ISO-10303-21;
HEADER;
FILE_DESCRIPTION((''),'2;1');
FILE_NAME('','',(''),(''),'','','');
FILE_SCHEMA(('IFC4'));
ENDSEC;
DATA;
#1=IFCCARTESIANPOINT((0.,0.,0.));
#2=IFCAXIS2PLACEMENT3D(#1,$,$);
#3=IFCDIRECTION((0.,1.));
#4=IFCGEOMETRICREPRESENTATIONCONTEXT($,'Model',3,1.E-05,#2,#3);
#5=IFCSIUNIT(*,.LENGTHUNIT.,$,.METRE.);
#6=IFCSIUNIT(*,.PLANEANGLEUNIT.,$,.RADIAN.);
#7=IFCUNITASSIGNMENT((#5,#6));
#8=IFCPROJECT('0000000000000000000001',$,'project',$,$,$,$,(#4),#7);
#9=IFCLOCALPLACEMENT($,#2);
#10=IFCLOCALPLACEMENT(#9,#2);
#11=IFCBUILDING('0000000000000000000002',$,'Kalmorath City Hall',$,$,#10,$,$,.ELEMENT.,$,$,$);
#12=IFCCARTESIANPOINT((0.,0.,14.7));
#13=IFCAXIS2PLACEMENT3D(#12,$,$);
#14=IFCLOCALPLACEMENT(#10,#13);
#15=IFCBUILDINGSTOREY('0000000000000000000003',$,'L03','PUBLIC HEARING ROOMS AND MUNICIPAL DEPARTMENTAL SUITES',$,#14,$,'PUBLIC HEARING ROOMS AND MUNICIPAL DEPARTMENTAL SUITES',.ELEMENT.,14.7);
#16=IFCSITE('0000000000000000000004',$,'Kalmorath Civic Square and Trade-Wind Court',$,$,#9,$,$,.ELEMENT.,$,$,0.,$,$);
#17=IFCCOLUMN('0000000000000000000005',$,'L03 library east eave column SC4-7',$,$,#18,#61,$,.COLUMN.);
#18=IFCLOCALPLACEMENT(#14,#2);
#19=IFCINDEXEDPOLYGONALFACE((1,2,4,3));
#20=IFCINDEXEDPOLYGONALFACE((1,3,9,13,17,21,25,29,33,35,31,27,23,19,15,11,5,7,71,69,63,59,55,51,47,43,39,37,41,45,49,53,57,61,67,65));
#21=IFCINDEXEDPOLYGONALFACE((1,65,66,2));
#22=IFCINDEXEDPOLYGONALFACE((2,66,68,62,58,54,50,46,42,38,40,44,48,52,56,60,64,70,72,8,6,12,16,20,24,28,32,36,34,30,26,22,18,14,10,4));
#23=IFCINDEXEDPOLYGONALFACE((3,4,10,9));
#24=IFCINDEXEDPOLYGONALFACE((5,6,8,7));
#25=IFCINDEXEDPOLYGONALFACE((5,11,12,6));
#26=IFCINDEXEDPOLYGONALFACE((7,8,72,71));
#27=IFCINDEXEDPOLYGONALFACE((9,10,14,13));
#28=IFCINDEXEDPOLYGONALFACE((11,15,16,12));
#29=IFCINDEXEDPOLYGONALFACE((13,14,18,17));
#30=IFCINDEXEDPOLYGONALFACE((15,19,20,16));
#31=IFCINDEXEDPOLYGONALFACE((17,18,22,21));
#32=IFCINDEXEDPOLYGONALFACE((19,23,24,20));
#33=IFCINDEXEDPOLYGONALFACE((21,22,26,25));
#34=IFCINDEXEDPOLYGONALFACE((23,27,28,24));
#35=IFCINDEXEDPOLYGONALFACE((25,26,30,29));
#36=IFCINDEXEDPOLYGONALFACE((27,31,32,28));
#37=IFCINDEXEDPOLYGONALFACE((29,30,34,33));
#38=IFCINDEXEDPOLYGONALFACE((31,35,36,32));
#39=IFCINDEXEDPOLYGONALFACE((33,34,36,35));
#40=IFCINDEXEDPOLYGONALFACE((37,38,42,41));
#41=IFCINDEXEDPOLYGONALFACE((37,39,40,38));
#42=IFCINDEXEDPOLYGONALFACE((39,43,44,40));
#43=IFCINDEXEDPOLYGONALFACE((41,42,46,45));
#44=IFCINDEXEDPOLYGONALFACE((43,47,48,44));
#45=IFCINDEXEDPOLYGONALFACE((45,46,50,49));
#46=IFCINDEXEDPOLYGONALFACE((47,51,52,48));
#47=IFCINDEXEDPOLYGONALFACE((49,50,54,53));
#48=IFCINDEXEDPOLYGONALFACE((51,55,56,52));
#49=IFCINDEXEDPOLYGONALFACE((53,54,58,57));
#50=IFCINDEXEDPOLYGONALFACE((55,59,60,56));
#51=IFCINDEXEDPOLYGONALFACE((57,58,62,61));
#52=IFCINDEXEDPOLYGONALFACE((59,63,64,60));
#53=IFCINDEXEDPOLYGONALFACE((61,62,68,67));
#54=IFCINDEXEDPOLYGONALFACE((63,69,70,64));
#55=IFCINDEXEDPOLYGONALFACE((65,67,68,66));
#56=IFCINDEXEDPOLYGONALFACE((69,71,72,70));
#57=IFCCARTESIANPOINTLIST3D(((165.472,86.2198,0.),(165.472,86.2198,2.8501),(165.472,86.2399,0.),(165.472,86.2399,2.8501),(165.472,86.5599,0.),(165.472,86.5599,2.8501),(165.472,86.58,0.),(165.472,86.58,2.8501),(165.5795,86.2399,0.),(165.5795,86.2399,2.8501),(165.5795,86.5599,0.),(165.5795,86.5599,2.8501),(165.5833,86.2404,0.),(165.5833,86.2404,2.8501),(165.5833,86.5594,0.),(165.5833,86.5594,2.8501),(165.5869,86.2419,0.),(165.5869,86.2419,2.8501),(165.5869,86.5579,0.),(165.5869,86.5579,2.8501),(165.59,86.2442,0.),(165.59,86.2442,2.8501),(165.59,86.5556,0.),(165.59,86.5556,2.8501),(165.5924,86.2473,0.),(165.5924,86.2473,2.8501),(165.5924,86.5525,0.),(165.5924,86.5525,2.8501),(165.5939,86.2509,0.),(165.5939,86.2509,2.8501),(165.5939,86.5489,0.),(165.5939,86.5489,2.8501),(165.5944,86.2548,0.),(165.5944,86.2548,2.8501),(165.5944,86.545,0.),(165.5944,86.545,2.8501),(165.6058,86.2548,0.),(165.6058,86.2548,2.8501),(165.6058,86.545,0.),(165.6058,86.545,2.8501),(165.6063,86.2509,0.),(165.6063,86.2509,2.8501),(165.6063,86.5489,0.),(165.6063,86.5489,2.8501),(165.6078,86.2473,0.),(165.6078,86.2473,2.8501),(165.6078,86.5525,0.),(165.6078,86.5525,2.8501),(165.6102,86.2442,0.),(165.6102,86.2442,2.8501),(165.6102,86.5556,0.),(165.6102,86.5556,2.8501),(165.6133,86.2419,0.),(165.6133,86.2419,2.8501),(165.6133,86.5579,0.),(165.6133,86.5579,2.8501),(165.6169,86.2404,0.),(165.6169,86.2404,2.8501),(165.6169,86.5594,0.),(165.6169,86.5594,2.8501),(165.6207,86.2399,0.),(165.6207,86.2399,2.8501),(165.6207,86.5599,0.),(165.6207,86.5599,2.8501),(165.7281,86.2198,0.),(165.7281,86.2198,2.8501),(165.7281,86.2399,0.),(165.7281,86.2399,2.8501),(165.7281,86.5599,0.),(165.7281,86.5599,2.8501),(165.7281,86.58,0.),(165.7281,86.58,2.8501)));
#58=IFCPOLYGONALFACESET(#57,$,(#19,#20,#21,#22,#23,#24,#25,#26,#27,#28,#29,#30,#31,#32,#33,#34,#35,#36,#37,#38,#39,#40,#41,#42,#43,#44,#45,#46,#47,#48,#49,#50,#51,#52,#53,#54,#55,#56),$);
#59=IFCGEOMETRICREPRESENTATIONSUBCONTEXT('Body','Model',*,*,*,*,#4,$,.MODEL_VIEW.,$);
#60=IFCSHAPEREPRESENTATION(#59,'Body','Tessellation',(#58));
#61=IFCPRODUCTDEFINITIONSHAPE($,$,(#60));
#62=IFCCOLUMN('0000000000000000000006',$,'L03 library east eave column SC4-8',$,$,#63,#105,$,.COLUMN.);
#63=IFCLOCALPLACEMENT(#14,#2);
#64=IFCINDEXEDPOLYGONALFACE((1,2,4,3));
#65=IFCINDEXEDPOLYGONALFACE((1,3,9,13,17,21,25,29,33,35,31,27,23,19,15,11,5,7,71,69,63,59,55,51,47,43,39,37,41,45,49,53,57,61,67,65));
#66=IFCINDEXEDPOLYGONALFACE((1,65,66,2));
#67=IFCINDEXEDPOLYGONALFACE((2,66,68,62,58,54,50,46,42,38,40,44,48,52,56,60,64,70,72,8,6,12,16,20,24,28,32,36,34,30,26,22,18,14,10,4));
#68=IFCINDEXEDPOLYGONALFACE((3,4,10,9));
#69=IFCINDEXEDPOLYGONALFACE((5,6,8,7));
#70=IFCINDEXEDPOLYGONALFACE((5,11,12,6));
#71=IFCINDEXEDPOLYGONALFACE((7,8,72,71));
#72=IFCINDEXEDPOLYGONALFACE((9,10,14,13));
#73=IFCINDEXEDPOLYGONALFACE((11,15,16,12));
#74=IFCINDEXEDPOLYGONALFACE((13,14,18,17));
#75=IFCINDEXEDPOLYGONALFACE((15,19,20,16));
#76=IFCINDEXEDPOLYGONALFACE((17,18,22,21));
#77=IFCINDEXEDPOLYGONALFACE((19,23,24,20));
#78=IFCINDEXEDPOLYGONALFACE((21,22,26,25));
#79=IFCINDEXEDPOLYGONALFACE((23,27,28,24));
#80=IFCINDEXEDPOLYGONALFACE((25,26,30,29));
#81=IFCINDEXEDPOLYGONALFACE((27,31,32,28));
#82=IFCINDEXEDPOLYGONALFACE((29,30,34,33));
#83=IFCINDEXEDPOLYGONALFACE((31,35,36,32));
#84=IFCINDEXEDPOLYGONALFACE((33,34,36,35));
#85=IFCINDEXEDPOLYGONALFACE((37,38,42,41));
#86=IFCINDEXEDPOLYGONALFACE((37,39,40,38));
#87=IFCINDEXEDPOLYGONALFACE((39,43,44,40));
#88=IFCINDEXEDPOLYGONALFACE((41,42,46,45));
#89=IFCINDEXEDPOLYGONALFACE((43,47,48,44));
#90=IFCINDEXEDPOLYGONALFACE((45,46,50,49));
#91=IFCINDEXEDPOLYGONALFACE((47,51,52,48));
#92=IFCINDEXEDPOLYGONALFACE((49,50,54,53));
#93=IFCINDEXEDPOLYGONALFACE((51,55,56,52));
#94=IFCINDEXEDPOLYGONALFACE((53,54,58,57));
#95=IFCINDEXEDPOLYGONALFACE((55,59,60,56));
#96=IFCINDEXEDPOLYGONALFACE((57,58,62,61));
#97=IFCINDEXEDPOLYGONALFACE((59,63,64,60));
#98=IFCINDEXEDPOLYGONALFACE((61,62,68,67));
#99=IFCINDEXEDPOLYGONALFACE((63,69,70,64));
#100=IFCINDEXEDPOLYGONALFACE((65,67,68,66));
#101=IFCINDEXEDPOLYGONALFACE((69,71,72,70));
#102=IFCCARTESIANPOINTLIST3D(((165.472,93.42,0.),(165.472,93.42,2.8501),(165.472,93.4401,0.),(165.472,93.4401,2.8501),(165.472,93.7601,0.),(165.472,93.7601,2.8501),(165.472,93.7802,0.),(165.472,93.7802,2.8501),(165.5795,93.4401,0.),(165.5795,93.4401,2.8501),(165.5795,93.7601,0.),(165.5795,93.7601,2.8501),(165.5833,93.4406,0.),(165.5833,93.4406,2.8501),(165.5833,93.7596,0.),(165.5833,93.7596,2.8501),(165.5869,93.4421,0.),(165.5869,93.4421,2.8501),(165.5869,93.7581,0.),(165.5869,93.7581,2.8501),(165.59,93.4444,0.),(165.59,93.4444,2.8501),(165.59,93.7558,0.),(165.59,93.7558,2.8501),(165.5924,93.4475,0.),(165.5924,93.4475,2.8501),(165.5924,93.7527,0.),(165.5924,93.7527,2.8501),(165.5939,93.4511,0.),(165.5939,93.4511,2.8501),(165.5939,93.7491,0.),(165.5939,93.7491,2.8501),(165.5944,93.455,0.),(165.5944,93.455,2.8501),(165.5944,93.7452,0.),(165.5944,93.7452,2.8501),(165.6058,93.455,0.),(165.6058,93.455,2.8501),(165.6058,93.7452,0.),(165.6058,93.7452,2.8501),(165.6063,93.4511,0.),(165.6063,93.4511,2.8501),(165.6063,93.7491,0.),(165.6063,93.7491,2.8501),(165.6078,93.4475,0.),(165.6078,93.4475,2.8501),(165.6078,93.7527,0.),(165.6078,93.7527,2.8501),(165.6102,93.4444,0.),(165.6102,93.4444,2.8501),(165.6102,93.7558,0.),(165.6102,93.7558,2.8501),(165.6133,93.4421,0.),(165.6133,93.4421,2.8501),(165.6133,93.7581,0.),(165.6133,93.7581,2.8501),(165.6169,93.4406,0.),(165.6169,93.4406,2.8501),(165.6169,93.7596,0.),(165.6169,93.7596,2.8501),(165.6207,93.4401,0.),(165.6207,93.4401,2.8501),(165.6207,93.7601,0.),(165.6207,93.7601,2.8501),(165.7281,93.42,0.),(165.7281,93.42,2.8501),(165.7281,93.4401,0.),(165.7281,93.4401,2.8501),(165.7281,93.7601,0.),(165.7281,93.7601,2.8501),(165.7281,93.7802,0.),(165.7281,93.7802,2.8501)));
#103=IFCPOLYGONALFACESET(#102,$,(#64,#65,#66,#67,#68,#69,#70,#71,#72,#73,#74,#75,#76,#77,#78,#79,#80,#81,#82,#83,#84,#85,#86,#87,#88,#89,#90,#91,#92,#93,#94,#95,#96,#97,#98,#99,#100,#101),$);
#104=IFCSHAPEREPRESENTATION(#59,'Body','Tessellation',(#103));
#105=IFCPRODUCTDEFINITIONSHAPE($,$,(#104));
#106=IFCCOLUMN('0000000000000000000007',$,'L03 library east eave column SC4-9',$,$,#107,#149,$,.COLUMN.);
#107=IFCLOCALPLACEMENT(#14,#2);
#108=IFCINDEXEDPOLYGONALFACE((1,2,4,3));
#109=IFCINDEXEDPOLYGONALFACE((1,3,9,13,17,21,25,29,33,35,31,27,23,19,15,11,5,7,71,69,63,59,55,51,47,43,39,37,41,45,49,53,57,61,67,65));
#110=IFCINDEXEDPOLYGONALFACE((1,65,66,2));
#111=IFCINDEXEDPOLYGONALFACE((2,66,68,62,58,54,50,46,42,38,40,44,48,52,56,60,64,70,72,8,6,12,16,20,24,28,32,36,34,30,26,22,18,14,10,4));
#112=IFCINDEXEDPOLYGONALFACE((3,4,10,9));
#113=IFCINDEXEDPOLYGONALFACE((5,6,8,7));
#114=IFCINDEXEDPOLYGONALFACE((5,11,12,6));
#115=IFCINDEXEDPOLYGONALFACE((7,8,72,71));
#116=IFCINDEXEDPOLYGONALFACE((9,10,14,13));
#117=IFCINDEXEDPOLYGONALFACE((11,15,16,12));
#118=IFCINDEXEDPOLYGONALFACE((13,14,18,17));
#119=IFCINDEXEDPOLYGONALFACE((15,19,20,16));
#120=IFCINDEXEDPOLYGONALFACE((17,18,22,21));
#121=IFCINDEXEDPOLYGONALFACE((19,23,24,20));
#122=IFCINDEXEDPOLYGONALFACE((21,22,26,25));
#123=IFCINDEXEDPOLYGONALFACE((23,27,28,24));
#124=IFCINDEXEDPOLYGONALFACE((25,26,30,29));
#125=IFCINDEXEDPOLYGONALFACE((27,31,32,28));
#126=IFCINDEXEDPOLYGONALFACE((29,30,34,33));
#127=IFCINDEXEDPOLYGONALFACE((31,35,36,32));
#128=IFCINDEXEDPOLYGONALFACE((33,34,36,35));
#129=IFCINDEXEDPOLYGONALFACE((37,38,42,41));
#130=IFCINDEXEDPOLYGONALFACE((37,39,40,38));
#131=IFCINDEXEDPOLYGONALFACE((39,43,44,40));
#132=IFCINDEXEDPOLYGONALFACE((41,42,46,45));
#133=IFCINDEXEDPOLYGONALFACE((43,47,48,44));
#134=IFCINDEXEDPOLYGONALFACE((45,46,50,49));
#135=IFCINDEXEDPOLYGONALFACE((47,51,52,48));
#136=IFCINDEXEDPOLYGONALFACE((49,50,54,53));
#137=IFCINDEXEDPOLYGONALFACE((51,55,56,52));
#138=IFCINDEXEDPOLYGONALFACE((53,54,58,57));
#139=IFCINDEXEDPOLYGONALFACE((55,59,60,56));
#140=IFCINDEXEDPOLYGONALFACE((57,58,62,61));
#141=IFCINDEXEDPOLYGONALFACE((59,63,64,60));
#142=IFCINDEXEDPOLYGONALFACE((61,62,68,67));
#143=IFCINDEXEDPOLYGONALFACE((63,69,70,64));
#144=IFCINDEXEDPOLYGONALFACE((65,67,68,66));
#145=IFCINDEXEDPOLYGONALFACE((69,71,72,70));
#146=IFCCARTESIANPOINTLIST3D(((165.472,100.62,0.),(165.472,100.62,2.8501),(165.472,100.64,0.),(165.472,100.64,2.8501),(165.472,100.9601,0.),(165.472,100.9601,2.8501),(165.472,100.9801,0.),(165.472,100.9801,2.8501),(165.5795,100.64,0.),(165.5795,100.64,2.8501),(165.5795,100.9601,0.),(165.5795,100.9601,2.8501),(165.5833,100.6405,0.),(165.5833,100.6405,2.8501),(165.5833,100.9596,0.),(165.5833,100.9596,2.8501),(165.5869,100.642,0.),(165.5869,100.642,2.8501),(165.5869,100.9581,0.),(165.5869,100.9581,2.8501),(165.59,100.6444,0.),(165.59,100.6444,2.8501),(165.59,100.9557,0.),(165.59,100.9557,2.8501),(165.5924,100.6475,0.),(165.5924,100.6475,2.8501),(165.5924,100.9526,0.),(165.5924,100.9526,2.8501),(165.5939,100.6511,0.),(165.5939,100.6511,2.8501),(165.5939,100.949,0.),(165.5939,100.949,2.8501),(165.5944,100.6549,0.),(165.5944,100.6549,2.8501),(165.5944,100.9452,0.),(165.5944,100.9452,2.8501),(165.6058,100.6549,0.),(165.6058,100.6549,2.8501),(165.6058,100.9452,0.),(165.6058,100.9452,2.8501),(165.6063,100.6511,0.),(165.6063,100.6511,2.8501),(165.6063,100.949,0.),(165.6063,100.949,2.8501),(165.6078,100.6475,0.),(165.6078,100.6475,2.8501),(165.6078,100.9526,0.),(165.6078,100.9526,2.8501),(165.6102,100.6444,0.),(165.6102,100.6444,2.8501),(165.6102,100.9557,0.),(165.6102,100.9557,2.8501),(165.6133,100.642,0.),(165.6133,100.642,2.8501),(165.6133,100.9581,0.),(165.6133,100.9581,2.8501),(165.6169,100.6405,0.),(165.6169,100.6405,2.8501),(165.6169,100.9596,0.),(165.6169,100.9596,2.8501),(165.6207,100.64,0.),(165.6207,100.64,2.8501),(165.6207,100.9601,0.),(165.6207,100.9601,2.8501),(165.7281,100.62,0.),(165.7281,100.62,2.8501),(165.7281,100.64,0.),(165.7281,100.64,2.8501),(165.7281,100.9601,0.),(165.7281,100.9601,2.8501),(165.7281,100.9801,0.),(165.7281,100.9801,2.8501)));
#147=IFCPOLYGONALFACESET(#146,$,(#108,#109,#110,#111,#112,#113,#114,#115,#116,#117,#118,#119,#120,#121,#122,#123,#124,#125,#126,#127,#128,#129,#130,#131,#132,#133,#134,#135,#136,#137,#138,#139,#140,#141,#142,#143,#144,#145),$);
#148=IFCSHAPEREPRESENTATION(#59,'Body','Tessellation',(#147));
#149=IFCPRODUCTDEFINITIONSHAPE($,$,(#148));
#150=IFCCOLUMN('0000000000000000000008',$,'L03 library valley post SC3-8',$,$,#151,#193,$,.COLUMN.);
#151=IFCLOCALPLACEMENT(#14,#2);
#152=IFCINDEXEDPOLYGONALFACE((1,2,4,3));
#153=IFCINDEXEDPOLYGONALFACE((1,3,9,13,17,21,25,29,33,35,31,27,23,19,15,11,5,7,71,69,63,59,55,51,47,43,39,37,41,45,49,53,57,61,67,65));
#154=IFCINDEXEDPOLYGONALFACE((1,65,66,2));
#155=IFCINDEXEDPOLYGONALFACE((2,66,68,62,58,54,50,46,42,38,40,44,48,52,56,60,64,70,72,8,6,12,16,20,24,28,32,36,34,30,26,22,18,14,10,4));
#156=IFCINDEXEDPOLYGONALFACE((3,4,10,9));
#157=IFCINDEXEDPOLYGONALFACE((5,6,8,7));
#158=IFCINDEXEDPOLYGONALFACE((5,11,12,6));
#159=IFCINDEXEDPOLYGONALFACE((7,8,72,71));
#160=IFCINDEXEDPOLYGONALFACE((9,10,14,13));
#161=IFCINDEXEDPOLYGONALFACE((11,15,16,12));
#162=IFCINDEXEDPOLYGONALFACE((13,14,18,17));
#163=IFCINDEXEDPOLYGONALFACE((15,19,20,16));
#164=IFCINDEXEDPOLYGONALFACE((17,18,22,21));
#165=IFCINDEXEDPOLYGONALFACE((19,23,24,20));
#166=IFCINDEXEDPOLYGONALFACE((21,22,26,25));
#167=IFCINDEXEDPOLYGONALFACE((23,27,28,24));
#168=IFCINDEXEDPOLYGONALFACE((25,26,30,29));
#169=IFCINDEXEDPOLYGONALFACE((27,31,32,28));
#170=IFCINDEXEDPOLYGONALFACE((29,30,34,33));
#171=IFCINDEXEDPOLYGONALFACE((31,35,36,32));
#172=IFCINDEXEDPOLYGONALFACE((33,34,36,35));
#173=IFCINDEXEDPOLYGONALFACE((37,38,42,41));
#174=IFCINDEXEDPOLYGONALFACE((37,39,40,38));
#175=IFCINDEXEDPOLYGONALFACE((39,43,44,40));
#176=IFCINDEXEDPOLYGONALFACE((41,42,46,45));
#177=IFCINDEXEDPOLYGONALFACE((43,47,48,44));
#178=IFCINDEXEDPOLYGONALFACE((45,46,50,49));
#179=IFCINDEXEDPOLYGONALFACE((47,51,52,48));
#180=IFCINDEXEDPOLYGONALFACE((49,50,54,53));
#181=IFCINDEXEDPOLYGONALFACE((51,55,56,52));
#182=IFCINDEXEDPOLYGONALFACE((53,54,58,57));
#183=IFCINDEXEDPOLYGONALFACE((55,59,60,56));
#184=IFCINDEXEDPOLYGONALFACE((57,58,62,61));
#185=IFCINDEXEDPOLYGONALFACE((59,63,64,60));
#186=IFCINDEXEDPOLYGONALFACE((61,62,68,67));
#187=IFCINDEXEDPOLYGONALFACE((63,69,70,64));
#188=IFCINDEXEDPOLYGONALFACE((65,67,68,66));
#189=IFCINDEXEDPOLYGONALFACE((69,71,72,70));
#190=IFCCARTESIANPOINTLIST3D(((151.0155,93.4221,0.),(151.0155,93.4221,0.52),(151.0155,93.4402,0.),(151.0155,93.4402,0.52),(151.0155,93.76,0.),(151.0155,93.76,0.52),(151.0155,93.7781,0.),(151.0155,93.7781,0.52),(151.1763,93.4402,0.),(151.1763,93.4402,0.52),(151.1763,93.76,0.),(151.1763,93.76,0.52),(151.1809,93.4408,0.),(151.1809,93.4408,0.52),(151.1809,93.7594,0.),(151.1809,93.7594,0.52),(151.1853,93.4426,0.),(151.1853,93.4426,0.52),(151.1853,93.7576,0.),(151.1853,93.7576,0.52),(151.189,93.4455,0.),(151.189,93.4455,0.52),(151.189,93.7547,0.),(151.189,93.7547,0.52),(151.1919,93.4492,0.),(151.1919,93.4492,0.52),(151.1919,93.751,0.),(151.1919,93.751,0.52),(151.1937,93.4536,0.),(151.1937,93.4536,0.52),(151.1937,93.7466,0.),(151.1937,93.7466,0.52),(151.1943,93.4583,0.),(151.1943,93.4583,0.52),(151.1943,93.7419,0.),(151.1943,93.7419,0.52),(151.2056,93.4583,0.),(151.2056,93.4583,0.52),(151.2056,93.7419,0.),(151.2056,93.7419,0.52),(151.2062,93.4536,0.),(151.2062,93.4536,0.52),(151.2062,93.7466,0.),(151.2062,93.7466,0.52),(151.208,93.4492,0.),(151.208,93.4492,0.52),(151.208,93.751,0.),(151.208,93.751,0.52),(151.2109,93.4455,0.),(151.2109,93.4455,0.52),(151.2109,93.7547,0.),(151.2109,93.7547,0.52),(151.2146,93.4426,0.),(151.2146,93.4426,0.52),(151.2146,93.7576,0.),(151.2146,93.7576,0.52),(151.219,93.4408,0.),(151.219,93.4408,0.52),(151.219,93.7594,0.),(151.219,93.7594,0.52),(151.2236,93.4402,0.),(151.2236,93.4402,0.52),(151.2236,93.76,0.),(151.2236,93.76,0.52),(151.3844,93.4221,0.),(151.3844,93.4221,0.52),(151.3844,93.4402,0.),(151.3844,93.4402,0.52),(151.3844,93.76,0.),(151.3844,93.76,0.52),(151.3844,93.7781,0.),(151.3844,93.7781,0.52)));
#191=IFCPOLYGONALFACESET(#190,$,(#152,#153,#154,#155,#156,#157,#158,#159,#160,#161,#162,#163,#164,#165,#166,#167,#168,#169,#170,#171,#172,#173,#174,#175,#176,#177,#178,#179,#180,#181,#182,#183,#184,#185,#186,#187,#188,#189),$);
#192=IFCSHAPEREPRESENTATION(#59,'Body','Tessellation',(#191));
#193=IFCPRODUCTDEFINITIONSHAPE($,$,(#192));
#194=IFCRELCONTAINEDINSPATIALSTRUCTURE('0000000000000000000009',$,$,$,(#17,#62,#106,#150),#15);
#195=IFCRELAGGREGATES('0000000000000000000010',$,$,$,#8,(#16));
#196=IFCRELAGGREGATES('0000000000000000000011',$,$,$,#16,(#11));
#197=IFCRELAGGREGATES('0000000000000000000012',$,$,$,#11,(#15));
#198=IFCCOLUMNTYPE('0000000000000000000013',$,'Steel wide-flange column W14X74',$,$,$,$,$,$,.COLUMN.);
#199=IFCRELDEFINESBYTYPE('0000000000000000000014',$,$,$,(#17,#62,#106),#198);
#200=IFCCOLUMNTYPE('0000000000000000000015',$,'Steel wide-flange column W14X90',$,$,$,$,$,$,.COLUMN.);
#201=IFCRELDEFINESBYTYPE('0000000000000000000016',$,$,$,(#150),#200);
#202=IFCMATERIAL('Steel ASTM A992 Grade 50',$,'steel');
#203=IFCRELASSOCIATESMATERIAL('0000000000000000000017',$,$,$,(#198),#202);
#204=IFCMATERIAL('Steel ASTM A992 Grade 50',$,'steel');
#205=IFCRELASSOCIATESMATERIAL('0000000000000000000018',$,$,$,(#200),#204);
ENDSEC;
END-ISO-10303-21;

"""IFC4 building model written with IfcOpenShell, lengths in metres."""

from ifc_helpers import new_model, si_unit, direction, frame, origin, origin_2d, place, context, subcontext, project, spatial, i_section, extrude, material, material_profile, profile_set, type_object, element, save


model = new_model("IFC4")

# Units and contexts
model_context = context("Model", 3, precision=1e-05, world=origin(), true_north=direction((0.0, 1.0)))
body_context = subcontext(model_context, "Body", "Model", "MODEL_VIEW")
ifc_project = project(units=[si_unit("LENGTHUNIT", "METRE"), si_unit("PLANEANGLEUNIT", "RADIAN")], contexts=[model_context])

# Site, building, storey
site_placement = place(None, origin())
site = spatial("IfcSite", under=ifc_project, at=site_placement, Name="Kalmorath Civic Square and Trade-Wind Court", CompositionType="ELEMENT", RefElevation=0.0)
building_placement = place(site_placement, origin())
building = spatial("IfcBuilding", under=site, at=building_placement, Name="Kalmorath City Hall", CompositionType="ELEMENT")
storey_placement = place(building_placement, frame((0.0, 0.0, 14.7)))
storey = spatial("IfcBuildingStorey", under=building, at=storey_placement, Name="L03", Description="PUBLIC HEARING ROOMS AND MUNICIPAL DEPARTMENTAL SUITES", LongName="PUBLIC HEARING ROOMS AND MUNICIPAL DEPARTMENTAL SUITES", CompositionType="ELEMENT", Elevation=14.7)

# Columns
ifc_material_1 = material(Name="Steel ASTM A992 Grade 50", Category="steel")
ifc_material_profile_1 = material_profile(ifc_material_1, i_section(OverallWidth=0.2561, OverallDepth=0.3601, WebThickness=0.0115, FlangeThickness=0.02, FilletRadius=0.0149, at=origin_2d()), Name="W14X74")
ifc_profile_set_1 = profile_set([ifc_material_profile_1], Name="Steel ASTM A992 Grade 50")
column_type_1 = type_object("IfcColumnType", Name="Steel wide-flange column W14X74", PredefinedType="COLUMN", material=ifc_profile_set_1)
for number, where, z_axis, x_axis, name in (
    (1, (165.6001, 86.3999, 0.0), (0.0, 0.0, 1.0), (1.0, 0.0, 0.0), "L03 library east eave column SC4-7"),
    (2, (165.6001, 93.6001, 0.0), (0.0, 0.0, 1.0), (1.0, 0.0, 0.0), "L03 library east eave column SC4-8"),
    (3, (165.6001, 100.8, 0.0), (0.0, 0.0, 1.0), (1.0, 0.0, 0.0), "L03 library east eave column SC4-9"),
):
    element("IfcColumn", number, at=place(storey_placement, frame(where, z_axis=z_axis, x_axis=x_axis)), inside=storey, type_object=column_type_1, Name=name, PredefinedType="COLUMN", context=body_context, shape_type="SweptSolid", body=[
        extrude(i_section(OverallWidth=0.2561, OverallDepth=0.3601, WebThickness=0.0115, FlangeThickness=0.02, FilletRadius=0.0149, at=origin_2d()), origin(), (0.0, 0.0, 1.0), 2.8501),
    ])
ifc_material_2 = material(Name="Steel ASTM A992 Grade 50", Category="steel")
ifc_material_profile_2 = material_profile(ifc_material_2, i_section(OverallWidth=0.3689, OverallDepth=0.356, WebThickness=0.0112, FlangeThickness=0.0181, FilletRadius=0.0181, at=origin_2d()), Name="W14X90")
ifc_profile_set_2 = profile_set([ifc_material_profile_2], Name="Steel ASTM A992 Grade 50")
column_type_2 = type_object("IfcColumnType", Name="Steel wide-flange column W14X90", PredefinedType="COLUMN", material=ifc_profile_set_2)
for number, where, z_axis, x_axis, name in (
    (4, (151.2, 93.6001, 0.0), (0.0, 0.0, 1.0), (1.0, 0.0, 0.0), "L03 library valley post SC3-8"),
):
    element("IfcColumn", number, at=place(storey_placement, frame(where, z_axis=z_axis, x_axis=x_axis)), inside=storey, type_object=column_type_2, Name=name, PredefinedType="COLUMN", context=body_context, shape_type="SweptSolid", body=[
        extrude(i_section(OverallWidth=0.3689, OverallDepth=0.356, WebThickness=0.0112, FlangeThickness=0.0181, FilletRadius=0.0181, at=origin_2d()), origin(), (0.0, 0.0, 1.0), 0.52),
    ])

save(model, "model.ifc")
